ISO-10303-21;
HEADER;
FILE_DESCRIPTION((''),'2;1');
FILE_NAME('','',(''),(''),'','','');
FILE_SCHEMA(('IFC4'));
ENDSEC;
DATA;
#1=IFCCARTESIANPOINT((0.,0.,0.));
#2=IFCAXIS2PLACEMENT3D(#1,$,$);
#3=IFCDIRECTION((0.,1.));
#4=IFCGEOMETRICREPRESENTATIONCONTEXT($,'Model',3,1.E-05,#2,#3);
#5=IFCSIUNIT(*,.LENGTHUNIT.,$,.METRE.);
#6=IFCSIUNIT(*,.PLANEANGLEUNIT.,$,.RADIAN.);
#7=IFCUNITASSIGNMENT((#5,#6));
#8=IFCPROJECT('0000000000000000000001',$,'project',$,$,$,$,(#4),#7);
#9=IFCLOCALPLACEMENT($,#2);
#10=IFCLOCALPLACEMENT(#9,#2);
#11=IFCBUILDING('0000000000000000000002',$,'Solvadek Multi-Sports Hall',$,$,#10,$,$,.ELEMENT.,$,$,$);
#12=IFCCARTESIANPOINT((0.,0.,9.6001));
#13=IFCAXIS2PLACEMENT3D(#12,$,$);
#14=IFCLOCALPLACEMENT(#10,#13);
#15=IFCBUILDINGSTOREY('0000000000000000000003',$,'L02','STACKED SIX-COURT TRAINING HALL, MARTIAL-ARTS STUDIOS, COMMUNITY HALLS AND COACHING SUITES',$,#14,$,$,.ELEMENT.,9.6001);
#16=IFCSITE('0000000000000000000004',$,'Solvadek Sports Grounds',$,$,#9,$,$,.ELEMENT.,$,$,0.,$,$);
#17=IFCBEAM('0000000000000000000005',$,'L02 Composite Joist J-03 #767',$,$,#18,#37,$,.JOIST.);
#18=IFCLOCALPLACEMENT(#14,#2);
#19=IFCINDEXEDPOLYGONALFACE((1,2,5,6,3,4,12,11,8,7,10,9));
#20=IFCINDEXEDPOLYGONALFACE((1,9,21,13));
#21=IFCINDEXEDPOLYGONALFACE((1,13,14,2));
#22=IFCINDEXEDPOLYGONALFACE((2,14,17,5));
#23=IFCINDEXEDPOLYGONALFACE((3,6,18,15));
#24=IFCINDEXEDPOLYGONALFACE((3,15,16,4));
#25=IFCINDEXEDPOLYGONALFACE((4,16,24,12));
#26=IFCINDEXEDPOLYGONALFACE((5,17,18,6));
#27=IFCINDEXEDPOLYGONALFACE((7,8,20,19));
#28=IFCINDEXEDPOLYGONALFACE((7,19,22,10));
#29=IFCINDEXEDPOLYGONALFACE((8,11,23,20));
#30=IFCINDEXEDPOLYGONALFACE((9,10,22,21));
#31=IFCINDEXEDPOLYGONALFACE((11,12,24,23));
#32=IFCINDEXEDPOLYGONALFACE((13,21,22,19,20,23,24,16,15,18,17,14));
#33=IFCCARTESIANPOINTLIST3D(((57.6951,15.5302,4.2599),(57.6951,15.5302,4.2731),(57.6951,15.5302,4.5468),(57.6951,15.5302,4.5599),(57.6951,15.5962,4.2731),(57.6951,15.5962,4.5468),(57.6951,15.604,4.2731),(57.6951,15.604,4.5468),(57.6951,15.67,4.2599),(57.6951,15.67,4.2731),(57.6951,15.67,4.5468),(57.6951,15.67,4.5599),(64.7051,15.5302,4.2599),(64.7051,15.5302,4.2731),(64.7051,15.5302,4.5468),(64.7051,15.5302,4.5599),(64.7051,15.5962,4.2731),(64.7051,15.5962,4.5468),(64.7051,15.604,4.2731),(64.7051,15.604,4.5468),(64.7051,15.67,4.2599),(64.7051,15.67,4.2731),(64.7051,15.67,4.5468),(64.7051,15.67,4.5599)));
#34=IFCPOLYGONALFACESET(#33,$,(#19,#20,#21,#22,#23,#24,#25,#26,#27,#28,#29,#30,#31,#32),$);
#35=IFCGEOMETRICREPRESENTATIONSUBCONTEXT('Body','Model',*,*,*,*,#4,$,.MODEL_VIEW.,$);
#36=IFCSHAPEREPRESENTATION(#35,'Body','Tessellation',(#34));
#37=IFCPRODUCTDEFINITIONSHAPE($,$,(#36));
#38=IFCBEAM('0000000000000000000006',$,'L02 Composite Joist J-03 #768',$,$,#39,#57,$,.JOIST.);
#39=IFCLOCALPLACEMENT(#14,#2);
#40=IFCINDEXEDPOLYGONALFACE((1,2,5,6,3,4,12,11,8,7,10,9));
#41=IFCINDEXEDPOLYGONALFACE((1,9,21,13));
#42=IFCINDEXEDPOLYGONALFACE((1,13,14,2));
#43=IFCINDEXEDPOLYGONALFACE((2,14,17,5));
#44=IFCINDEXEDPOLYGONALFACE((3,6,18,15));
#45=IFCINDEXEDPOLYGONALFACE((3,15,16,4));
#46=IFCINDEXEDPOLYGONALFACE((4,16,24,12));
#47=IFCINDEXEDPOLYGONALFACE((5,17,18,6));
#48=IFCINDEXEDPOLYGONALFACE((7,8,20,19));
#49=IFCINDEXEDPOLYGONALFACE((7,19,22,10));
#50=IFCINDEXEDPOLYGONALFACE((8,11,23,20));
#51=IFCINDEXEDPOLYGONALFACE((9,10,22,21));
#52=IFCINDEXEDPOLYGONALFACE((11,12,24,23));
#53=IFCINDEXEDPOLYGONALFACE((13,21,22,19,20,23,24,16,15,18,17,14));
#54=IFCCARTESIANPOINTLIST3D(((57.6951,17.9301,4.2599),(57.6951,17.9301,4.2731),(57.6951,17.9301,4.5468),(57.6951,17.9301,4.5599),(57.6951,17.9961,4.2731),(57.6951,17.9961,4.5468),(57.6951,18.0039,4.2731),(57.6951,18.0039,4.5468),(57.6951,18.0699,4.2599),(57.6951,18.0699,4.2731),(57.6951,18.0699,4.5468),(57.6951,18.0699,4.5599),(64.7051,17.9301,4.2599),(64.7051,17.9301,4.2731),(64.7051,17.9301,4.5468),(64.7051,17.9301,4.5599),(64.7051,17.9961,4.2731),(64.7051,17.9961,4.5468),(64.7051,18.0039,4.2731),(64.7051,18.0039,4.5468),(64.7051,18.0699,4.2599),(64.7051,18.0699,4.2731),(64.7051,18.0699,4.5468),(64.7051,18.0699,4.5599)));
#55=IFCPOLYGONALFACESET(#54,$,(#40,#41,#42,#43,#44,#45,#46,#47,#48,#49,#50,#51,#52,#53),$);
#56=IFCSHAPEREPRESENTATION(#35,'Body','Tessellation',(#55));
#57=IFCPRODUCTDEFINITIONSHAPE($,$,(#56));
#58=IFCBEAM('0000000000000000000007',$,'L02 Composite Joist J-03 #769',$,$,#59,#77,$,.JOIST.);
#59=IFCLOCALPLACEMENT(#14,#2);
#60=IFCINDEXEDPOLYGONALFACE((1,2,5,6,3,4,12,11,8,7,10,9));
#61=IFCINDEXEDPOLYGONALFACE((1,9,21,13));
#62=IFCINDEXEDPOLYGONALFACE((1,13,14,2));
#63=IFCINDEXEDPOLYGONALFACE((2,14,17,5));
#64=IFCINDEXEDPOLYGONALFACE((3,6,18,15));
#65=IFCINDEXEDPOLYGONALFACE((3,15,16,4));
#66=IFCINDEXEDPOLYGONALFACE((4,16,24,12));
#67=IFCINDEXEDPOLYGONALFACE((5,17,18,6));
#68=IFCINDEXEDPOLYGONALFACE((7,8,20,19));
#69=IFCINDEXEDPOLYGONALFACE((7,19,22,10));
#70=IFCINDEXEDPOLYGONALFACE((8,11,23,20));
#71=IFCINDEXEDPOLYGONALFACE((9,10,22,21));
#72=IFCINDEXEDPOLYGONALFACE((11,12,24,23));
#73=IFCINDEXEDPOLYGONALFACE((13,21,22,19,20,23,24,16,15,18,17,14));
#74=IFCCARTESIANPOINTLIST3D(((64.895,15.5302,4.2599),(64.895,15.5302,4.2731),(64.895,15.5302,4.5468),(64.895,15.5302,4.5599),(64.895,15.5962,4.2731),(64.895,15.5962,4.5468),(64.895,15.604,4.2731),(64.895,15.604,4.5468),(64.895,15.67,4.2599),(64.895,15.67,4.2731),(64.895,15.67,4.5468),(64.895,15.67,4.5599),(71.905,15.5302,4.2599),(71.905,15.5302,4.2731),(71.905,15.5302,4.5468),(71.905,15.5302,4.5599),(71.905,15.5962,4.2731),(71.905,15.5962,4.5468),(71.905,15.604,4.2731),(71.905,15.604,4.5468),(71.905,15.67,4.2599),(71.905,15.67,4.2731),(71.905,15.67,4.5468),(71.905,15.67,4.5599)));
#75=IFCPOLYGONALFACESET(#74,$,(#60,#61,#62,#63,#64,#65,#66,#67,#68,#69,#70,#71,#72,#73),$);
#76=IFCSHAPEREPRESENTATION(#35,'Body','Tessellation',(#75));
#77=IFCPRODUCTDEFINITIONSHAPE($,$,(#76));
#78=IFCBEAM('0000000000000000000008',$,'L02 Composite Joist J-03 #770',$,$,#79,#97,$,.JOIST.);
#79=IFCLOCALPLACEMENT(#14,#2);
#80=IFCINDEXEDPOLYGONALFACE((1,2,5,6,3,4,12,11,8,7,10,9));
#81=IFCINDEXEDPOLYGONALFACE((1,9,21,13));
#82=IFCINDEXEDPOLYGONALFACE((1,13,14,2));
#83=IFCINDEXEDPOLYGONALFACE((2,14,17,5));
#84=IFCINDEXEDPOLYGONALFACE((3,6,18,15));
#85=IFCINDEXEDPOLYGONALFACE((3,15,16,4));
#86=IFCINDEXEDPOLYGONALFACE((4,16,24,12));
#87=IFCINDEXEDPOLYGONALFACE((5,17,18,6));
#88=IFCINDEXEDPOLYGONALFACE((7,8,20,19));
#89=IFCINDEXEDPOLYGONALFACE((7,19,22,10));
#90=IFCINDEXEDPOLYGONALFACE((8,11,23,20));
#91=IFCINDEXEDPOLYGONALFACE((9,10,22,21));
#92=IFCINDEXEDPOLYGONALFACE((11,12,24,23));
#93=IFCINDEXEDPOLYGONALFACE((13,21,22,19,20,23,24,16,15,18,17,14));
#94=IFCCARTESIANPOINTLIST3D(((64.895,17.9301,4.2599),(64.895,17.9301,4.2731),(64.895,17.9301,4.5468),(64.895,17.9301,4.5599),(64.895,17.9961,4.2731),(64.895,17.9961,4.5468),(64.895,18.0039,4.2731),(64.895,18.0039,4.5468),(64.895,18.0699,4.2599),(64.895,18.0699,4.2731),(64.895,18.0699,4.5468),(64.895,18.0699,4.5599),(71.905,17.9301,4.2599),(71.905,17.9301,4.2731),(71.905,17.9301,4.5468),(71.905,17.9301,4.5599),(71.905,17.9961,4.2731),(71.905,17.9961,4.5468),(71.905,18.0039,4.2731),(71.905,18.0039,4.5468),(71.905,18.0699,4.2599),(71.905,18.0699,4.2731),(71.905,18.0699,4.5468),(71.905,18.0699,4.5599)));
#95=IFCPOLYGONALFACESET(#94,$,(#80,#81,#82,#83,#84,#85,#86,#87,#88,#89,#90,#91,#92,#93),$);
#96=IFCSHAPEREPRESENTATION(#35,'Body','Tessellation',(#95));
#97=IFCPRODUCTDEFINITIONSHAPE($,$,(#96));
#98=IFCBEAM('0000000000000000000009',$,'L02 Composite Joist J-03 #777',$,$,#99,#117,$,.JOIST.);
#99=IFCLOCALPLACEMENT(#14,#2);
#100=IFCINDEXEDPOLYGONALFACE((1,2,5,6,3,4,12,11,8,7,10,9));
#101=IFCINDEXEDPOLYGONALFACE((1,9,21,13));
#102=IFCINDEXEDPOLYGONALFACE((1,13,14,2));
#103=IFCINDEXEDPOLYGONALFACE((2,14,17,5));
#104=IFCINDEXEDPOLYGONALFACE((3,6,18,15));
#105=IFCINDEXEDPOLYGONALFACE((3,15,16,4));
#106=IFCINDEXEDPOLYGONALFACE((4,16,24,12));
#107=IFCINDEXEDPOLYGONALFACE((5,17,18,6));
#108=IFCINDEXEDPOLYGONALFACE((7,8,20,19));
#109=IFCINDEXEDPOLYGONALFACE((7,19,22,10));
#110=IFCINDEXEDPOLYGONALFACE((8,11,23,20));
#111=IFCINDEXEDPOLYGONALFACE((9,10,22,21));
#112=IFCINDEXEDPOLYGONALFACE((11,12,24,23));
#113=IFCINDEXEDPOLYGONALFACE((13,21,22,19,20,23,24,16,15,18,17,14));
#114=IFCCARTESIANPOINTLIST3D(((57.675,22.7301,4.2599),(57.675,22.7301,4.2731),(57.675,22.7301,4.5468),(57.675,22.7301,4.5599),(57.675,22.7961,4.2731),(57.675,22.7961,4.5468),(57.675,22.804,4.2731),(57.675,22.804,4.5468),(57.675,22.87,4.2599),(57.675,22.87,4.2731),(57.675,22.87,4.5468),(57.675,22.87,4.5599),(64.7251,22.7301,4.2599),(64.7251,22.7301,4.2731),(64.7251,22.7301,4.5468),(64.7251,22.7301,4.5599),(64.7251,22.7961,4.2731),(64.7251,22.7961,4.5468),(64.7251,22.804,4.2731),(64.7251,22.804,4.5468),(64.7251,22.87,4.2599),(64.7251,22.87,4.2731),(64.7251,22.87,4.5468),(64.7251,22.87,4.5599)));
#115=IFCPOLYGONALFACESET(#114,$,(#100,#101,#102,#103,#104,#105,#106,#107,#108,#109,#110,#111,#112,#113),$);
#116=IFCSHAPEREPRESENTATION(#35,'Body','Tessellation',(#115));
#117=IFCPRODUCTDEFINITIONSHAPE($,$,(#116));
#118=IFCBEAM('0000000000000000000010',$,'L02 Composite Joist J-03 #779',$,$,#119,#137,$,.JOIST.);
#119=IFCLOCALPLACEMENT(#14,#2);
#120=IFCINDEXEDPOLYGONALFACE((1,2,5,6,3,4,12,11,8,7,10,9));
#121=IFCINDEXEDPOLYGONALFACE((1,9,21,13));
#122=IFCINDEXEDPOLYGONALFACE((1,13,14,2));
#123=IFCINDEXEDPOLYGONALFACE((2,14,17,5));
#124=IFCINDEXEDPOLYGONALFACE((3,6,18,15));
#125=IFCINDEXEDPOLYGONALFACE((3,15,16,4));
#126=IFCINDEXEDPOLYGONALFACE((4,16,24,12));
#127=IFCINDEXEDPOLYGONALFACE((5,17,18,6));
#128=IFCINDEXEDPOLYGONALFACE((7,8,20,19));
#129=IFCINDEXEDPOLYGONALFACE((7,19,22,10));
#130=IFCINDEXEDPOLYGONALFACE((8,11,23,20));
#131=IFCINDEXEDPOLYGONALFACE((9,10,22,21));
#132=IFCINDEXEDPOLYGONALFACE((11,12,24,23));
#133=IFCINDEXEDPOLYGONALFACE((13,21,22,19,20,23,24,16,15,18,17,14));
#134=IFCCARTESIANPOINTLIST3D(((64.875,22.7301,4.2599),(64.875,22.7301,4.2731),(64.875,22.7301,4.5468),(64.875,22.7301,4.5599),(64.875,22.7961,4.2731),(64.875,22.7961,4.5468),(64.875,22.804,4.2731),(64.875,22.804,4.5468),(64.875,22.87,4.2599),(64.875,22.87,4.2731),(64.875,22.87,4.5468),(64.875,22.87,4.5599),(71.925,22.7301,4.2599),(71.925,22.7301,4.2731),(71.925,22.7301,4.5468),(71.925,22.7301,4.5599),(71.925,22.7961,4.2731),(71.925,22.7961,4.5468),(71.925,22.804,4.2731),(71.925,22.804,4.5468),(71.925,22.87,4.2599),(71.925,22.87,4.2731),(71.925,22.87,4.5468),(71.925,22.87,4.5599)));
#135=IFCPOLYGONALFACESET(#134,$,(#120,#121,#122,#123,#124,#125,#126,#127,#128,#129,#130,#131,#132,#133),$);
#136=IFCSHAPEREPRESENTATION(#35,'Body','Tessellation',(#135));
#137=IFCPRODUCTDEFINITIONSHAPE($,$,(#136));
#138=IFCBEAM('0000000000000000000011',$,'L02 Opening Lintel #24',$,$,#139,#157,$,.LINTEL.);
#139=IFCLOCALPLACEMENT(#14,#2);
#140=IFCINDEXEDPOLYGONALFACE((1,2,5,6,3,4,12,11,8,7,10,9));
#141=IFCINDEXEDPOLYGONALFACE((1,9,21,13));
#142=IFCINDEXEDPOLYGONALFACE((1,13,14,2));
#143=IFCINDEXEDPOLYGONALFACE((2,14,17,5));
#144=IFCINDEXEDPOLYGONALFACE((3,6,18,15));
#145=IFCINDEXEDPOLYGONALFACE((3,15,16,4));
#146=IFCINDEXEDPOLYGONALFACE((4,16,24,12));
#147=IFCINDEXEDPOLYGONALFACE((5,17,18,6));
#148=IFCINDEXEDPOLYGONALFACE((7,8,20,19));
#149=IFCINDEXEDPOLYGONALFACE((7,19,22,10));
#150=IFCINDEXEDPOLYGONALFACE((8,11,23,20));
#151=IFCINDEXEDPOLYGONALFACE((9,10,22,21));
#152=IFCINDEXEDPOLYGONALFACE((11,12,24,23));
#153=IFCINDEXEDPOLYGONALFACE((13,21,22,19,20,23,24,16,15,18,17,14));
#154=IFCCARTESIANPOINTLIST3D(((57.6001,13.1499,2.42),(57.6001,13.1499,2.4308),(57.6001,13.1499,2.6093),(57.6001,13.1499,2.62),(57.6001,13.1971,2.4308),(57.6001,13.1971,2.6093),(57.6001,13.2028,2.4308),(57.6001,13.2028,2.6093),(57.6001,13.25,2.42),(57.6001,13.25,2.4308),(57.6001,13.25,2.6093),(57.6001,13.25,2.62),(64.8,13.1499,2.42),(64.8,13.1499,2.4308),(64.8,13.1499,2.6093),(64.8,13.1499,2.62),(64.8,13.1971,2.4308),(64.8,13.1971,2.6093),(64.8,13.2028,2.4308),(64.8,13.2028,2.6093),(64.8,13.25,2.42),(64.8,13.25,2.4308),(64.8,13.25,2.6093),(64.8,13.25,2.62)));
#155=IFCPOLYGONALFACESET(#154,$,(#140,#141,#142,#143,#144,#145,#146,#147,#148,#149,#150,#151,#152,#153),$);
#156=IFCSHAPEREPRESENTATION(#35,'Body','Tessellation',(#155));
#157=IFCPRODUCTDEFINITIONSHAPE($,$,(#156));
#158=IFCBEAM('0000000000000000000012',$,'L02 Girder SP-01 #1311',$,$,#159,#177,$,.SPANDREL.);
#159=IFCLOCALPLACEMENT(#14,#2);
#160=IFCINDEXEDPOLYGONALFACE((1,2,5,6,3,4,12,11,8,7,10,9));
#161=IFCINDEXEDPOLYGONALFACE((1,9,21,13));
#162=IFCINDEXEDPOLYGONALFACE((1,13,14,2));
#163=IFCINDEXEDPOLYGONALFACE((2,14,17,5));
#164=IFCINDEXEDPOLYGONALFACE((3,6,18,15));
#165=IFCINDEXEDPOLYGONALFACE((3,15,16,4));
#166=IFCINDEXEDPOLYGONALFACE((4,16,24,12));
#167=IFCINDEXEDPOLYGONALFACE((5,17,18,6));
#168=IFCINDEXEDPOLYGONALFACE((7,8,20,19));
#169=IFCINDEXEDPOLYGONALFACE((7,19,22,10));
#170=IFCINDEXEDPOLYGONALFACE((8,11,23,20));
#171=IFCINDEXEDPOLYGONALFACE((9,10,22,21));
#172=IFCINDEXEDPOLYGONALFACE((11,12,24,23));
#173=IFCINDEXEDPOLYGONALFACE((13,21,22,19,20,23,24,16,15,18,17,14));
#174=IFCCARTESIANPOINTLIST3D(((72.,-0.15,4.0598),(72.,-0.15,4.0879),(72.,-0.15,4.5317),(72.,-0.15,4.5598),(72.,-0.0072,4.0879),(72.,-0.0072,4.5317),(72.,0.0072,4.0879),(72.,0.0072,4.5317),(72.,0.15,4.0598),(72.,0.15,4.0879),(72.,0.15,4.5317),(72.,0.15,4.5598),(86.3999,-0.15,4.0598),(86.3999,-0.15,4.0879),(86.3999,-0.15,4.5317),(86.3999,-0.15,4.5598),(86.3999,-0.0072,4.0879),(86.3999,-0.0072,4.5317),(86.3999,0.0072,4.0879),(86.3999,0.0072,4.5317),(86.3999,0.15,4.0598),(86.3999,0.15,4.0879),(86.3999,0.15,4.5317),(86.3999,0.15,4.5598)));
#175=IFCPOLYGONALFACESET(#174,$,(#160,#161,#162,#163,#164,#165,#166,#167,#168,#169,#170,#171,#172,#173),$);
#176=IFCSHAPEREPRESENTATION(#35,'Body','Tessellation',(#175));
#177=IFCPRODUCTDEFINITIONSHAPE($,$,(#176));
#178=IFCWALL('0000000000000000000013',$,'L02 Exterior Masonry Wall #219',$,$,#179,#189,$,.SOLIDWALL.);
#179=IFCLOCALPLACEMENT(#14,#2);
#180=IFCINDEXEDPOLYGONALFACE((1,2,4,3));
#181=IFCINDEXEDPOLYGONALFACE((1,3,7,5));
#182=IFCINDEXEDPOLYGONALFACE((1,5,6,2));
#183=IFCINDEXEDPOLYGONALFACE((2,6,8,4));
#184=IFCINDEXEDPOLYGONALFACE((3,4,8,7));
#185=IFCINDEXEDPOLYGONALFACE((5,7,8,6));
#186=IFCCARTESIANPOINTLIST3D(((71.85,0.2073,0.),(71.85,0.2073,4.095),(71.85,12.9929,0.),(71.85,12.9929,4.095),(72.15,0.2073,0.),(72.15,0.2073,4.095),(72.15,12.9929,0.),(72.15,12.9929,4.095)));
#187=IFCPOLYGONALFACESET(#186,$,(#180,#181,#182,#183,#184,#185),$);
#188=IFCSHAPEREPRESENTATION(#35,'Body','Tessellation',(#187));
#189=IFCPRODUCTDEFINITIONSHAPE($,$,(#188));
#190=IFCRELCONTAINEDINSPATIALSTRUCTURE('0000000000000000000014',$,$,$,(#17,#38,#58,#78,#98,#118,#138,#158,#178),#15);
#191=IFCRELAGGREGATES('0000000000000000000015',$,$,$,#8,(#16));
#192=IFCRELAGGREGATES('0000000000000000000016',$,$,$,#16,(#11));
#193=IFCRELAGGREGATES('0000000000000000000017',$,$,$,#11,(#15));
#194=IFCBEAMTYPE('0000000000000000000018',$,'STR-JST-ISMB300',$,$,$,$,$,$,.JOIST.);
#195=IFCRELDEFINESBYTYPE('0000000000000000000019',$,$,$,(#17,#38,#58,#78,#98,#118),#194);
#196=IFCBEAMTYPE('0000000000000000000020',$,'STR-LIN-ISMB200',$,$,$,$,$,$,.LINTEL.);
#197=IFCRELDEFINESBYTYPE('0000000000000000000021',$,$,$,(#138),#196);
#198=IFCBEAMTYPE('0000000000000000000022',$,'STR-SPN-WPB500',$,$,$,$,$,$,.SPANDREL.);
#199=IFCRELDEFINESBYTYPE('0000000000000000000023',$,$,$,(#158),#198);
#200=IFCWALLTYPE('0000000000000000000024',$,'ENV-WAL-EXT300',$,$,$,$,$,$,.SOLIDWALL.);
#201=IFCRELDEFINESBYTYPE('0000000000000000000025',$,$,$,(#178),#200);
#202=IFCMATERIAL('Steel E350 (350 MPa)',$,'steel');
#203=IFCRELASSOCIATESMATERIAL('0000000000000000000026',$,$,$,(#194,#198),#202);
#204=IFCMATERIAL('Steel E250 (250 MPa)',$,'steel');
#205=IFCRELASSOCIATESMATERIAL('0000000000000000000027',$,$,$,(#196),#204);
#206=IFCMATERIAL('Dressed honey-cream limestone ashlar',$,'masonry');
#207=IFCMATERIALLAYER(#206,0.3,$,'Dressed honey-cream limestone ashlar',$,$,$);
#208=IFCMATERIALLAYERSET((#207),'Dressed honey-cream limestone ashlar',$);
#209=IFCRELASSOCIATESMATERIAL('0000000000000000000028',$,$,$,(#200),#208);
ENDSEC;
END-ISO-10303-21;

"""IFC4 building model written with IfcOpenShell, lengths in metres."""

from ifc_helpers import new_model, si_unit, direction, frame, frame_2d, origin, origin_2d, place, context, subcontext, project, spatial, rectangle, i_section, extrude, material, layer, layer_set, material_profile, profile_set, type_object, element, save


model = new_model("IFC4")

# Units and contexts
model_context = context("Model", 3, precision=1e-05, world=origin(), true_north=direction((0.0, 1.0)))
body_context = subcontext(model_context, "Body", "Model", "MODEL_VIEW")
ifc_project = project(units=[si_unit("LENGTHUNIT", "METRE"), si_unit("PLANEANGLEUNIT", "RADIAN")], contexts=[model_context])

# Site, building, storey
site_placement = place(None, origin())
site = spatial("IfcSite", under=ifc_project, at=site_placement, Name="Solvadek Sports Grounds", CompositionType="ELEMENT", RefElevation=0.0)
building_placement = place(site_placement, origin())
building = spatial("IfcBuilding", under=site, at=building_placement, Name="Solvadek Multi-Sports Hall", CompositionType="ELEMENT")
storey_placement = place(building_placement, frame((0.0, 0.0, 9.6001)))
storey = spatial("IfcBuildingStorey", under=building, at=storey_placement, Name="L02", Description="STACKED SIX-COURT TRAINING HALL, MARTIAL-ARTS STUDIOS, COMMUNITY HALLS AND COACHING SUITES", CompositionType="ELEMENT", Elevation=9.6001)

# Shared definitions
ifc_material_1 = material(Name="Steel E350 (350 MPa)", Category="steel")

# Beams
ifc_material_profile_1 = material_profile(ifc_material_1, i_section(OverallWidth=0.1399, OverallDepth=0.3, WebThickness=0.0078, FlangeThickness=0.0132, at=origin_2d()), Name="ISMB 300")
ifc_profile_set_1 = profile_set([ifc_material_profile_1], Name="Steel E350 (350 MPa)")
beam_type_1 = type_object("IfcBeamType", Name="STR-JST-ISMB300", PredefinedType="JOIST", material=ifc_profile_set_1)
for number, where, z_axis, x_axis, name in (
    (1, (57.6951, 15.6001, 4.4099), (1.0, 0.0, 0.0), (0.0, 1.0, 0.0), "L02 Composite Joist J-03 #767"),
    (2, (57.6951, 18.0, 4.4099), (1.0, 0.0, 0.0), (0.0, 1.0, 0.0), "L02 Composite Joist J-03 #768"),
    (3, (64.895, 15.6001, 4.4099), (1.0, 0.0, 0.0), (0.0, 1.0, 0.0), "L02 Composite Joist J-03 #769"),
    (4, (64.895, 18.0, 4.4099), (1.0, 0.0, 0.0), (0.0, 1.0, 0.0), "L02 Composite Joist J-03 #770"),
):
    element("IfcBeam", number, at=place(storey_placement, frame(where, z_axis=z_axis, x_axis=x_axis)), inside=storey, type_object=beam_type_1, Name=name, PredefinedType="JOIST", context=body_context, shape_type="SweptSolid", body=[
        extrude(i_section(OverallWidth=0.1399, OverallDepth=0.3, WebThickness=0.0078, FlangeThickness=0.0132, at=origin_2d()), origin(), (0.0, 0.0, 1.0), 7.01),
    ])
for number, where, z_axis, x_axis, name in (
    (5, (57.675, 22.8, 4.4099), (1.0, 0.0, 0.0), (0.0, 1.0, 0.0), "L02 Composite Joist J-03 #777"),
    (6, (64.875, 22.8, 4.4099), (1.0, 0.0, 0.0), (0.0, 1.0, 0.0), "L02 Composite Joist J-03 #779"),
):
    element("IfcBeam", number, at=place(storey_placement, frame(where, z_axis=z_axis, x_axis=x_axis)), inside=storey, type_object=beam_type_1, Name=name, PredefinedType="JOIST", context=body_context, shape_type="SweptSolid", body=[
        extrude(i_section(OverallWidth=0.1399, OverallDepth=0.3, WebThickness=0.0078, FlangeThickness=0.0132, at=origin_2d()), origin(), (0.0, 0.0, 1.0), 7.05),
    ])
ifc_material_2 = material(Name="Steel E250 (250 MPa)", Category="steel")
ifc_material_profile_2 = material_profile(ifc_material_2, i_section(OverallWidth=0.1001, OverallDepth=0.2, WebThickness=0.0056, FlangeThickness=0.0107, at=origin_2d()), Name="ISMB 200")
ifc_profile_set_2 = profile_set([ifc_material_profile_2], Name="Steel E250 (250 MPa)")
beam_type_2 = type_object("IfcBeamType", Name="STR-LIN-ISMB200", PredefinedType="LINTEL", material=ifc_profile_set_2)
beam_1_placement = place(storey_placement, frame((57.6001, 13.2, 2.52), z_axis=(1.0, 0.0, 0.0), x_axis=(0.0, 1.0, 0.0)))
element("IfcBeam", 7, at=beam_1_placement, inside=storey, type_object=beam_type_2, Name="L02 Opening Lintel #24", PredefinedType="LINTEL", context=body_context, shape_type="SweptSolid", body=[
    extrude(i_section(OverallWidth=0.1001, OverallDepth=0.2, WebThickness=0.0056, FlangeThickness=0.0107, at=origin_2d()), origin(), (0.0, 0.0, 1.0), 7.2),
])
ifc_material_profile_3 = material_profile(ifc_material_1, i_section(OverallWidth=0.3, OverallDepth=0.5, WebThickness=0.0144, FlangeThickness=0.0281, at=origin_2d()), Name="WPB 500")
ifc_profile_set_3 = profile_set([ifc_material_profile_3], Name="Steel E350 (350 MPa)")
beam_type_3 = type_object("IfcBeamType", Name="STR-SPN-WPB500", PredefinedType="SPANDREL", material=ifc_profile_set_3)
beam_2_placement = place(storey_placement, frame((72.0, 0.0, 4.3098), z_axis=(1.0, 0.0, 0.0), x_axis=(0.0, 1.0, 0.0)))
element("IfcBeam", 8, at=beam_2_placement, inside=storey, type_object=beam_type_3, Name="L02 Girder SP-01 #1311", PredefinedType="SPANDREL", context=body_context, shape_type="SweptSolid", body=[
    extrude(i_section(OverallWidth=0.3, OverallDepth=0.5, WebThickness=0.0144, FlangeThickness=0.0281, at=origin_2d()), origin(), (0.0, 0.0, 1.0), 14.3999),
])

# Wall
ifc_material_3 = material(Name="Dressed honey-cream limestone ashlar", Category="masonry")
ifc_layer_1 = layer(ifc_material_3, 0.3, Name="Dressed honey-cream limestone ashlar")
ifc_layer_set_1 = layer_set([ifc_layer_1], Name="Dressed honey-cream limestone ashlar")
wall_type_1 = type_object("IfcWallType", Name="ENV-WAL-EXT300", PredefinedType="SOLIDWALL", material=ifc_layer_set_1)
wall_1_placement = place(storey_placement, frame((72.0, 0.2073, 0.0), z_axis=(0.0, 0.0, 1.0), x_axis=(0.0, 1.0, 0.0)))
element("IfcWall", 9, at=wall_1_placement, inside=storey, type_object=wall_type_1, Name="L02 Exterior Masonry Wall #219", PredefinedType="SOLIDWALL", context=body_context, shape_type="SweptSolid", body=[
    extrude(rectangle(XDim=12.7856, YDim=0.3, at=frame_2d((6.3928, 0.0))), origin(), (0.0, 0.0, 1.0), 4.095),
])

save(model, "model.ifc")
